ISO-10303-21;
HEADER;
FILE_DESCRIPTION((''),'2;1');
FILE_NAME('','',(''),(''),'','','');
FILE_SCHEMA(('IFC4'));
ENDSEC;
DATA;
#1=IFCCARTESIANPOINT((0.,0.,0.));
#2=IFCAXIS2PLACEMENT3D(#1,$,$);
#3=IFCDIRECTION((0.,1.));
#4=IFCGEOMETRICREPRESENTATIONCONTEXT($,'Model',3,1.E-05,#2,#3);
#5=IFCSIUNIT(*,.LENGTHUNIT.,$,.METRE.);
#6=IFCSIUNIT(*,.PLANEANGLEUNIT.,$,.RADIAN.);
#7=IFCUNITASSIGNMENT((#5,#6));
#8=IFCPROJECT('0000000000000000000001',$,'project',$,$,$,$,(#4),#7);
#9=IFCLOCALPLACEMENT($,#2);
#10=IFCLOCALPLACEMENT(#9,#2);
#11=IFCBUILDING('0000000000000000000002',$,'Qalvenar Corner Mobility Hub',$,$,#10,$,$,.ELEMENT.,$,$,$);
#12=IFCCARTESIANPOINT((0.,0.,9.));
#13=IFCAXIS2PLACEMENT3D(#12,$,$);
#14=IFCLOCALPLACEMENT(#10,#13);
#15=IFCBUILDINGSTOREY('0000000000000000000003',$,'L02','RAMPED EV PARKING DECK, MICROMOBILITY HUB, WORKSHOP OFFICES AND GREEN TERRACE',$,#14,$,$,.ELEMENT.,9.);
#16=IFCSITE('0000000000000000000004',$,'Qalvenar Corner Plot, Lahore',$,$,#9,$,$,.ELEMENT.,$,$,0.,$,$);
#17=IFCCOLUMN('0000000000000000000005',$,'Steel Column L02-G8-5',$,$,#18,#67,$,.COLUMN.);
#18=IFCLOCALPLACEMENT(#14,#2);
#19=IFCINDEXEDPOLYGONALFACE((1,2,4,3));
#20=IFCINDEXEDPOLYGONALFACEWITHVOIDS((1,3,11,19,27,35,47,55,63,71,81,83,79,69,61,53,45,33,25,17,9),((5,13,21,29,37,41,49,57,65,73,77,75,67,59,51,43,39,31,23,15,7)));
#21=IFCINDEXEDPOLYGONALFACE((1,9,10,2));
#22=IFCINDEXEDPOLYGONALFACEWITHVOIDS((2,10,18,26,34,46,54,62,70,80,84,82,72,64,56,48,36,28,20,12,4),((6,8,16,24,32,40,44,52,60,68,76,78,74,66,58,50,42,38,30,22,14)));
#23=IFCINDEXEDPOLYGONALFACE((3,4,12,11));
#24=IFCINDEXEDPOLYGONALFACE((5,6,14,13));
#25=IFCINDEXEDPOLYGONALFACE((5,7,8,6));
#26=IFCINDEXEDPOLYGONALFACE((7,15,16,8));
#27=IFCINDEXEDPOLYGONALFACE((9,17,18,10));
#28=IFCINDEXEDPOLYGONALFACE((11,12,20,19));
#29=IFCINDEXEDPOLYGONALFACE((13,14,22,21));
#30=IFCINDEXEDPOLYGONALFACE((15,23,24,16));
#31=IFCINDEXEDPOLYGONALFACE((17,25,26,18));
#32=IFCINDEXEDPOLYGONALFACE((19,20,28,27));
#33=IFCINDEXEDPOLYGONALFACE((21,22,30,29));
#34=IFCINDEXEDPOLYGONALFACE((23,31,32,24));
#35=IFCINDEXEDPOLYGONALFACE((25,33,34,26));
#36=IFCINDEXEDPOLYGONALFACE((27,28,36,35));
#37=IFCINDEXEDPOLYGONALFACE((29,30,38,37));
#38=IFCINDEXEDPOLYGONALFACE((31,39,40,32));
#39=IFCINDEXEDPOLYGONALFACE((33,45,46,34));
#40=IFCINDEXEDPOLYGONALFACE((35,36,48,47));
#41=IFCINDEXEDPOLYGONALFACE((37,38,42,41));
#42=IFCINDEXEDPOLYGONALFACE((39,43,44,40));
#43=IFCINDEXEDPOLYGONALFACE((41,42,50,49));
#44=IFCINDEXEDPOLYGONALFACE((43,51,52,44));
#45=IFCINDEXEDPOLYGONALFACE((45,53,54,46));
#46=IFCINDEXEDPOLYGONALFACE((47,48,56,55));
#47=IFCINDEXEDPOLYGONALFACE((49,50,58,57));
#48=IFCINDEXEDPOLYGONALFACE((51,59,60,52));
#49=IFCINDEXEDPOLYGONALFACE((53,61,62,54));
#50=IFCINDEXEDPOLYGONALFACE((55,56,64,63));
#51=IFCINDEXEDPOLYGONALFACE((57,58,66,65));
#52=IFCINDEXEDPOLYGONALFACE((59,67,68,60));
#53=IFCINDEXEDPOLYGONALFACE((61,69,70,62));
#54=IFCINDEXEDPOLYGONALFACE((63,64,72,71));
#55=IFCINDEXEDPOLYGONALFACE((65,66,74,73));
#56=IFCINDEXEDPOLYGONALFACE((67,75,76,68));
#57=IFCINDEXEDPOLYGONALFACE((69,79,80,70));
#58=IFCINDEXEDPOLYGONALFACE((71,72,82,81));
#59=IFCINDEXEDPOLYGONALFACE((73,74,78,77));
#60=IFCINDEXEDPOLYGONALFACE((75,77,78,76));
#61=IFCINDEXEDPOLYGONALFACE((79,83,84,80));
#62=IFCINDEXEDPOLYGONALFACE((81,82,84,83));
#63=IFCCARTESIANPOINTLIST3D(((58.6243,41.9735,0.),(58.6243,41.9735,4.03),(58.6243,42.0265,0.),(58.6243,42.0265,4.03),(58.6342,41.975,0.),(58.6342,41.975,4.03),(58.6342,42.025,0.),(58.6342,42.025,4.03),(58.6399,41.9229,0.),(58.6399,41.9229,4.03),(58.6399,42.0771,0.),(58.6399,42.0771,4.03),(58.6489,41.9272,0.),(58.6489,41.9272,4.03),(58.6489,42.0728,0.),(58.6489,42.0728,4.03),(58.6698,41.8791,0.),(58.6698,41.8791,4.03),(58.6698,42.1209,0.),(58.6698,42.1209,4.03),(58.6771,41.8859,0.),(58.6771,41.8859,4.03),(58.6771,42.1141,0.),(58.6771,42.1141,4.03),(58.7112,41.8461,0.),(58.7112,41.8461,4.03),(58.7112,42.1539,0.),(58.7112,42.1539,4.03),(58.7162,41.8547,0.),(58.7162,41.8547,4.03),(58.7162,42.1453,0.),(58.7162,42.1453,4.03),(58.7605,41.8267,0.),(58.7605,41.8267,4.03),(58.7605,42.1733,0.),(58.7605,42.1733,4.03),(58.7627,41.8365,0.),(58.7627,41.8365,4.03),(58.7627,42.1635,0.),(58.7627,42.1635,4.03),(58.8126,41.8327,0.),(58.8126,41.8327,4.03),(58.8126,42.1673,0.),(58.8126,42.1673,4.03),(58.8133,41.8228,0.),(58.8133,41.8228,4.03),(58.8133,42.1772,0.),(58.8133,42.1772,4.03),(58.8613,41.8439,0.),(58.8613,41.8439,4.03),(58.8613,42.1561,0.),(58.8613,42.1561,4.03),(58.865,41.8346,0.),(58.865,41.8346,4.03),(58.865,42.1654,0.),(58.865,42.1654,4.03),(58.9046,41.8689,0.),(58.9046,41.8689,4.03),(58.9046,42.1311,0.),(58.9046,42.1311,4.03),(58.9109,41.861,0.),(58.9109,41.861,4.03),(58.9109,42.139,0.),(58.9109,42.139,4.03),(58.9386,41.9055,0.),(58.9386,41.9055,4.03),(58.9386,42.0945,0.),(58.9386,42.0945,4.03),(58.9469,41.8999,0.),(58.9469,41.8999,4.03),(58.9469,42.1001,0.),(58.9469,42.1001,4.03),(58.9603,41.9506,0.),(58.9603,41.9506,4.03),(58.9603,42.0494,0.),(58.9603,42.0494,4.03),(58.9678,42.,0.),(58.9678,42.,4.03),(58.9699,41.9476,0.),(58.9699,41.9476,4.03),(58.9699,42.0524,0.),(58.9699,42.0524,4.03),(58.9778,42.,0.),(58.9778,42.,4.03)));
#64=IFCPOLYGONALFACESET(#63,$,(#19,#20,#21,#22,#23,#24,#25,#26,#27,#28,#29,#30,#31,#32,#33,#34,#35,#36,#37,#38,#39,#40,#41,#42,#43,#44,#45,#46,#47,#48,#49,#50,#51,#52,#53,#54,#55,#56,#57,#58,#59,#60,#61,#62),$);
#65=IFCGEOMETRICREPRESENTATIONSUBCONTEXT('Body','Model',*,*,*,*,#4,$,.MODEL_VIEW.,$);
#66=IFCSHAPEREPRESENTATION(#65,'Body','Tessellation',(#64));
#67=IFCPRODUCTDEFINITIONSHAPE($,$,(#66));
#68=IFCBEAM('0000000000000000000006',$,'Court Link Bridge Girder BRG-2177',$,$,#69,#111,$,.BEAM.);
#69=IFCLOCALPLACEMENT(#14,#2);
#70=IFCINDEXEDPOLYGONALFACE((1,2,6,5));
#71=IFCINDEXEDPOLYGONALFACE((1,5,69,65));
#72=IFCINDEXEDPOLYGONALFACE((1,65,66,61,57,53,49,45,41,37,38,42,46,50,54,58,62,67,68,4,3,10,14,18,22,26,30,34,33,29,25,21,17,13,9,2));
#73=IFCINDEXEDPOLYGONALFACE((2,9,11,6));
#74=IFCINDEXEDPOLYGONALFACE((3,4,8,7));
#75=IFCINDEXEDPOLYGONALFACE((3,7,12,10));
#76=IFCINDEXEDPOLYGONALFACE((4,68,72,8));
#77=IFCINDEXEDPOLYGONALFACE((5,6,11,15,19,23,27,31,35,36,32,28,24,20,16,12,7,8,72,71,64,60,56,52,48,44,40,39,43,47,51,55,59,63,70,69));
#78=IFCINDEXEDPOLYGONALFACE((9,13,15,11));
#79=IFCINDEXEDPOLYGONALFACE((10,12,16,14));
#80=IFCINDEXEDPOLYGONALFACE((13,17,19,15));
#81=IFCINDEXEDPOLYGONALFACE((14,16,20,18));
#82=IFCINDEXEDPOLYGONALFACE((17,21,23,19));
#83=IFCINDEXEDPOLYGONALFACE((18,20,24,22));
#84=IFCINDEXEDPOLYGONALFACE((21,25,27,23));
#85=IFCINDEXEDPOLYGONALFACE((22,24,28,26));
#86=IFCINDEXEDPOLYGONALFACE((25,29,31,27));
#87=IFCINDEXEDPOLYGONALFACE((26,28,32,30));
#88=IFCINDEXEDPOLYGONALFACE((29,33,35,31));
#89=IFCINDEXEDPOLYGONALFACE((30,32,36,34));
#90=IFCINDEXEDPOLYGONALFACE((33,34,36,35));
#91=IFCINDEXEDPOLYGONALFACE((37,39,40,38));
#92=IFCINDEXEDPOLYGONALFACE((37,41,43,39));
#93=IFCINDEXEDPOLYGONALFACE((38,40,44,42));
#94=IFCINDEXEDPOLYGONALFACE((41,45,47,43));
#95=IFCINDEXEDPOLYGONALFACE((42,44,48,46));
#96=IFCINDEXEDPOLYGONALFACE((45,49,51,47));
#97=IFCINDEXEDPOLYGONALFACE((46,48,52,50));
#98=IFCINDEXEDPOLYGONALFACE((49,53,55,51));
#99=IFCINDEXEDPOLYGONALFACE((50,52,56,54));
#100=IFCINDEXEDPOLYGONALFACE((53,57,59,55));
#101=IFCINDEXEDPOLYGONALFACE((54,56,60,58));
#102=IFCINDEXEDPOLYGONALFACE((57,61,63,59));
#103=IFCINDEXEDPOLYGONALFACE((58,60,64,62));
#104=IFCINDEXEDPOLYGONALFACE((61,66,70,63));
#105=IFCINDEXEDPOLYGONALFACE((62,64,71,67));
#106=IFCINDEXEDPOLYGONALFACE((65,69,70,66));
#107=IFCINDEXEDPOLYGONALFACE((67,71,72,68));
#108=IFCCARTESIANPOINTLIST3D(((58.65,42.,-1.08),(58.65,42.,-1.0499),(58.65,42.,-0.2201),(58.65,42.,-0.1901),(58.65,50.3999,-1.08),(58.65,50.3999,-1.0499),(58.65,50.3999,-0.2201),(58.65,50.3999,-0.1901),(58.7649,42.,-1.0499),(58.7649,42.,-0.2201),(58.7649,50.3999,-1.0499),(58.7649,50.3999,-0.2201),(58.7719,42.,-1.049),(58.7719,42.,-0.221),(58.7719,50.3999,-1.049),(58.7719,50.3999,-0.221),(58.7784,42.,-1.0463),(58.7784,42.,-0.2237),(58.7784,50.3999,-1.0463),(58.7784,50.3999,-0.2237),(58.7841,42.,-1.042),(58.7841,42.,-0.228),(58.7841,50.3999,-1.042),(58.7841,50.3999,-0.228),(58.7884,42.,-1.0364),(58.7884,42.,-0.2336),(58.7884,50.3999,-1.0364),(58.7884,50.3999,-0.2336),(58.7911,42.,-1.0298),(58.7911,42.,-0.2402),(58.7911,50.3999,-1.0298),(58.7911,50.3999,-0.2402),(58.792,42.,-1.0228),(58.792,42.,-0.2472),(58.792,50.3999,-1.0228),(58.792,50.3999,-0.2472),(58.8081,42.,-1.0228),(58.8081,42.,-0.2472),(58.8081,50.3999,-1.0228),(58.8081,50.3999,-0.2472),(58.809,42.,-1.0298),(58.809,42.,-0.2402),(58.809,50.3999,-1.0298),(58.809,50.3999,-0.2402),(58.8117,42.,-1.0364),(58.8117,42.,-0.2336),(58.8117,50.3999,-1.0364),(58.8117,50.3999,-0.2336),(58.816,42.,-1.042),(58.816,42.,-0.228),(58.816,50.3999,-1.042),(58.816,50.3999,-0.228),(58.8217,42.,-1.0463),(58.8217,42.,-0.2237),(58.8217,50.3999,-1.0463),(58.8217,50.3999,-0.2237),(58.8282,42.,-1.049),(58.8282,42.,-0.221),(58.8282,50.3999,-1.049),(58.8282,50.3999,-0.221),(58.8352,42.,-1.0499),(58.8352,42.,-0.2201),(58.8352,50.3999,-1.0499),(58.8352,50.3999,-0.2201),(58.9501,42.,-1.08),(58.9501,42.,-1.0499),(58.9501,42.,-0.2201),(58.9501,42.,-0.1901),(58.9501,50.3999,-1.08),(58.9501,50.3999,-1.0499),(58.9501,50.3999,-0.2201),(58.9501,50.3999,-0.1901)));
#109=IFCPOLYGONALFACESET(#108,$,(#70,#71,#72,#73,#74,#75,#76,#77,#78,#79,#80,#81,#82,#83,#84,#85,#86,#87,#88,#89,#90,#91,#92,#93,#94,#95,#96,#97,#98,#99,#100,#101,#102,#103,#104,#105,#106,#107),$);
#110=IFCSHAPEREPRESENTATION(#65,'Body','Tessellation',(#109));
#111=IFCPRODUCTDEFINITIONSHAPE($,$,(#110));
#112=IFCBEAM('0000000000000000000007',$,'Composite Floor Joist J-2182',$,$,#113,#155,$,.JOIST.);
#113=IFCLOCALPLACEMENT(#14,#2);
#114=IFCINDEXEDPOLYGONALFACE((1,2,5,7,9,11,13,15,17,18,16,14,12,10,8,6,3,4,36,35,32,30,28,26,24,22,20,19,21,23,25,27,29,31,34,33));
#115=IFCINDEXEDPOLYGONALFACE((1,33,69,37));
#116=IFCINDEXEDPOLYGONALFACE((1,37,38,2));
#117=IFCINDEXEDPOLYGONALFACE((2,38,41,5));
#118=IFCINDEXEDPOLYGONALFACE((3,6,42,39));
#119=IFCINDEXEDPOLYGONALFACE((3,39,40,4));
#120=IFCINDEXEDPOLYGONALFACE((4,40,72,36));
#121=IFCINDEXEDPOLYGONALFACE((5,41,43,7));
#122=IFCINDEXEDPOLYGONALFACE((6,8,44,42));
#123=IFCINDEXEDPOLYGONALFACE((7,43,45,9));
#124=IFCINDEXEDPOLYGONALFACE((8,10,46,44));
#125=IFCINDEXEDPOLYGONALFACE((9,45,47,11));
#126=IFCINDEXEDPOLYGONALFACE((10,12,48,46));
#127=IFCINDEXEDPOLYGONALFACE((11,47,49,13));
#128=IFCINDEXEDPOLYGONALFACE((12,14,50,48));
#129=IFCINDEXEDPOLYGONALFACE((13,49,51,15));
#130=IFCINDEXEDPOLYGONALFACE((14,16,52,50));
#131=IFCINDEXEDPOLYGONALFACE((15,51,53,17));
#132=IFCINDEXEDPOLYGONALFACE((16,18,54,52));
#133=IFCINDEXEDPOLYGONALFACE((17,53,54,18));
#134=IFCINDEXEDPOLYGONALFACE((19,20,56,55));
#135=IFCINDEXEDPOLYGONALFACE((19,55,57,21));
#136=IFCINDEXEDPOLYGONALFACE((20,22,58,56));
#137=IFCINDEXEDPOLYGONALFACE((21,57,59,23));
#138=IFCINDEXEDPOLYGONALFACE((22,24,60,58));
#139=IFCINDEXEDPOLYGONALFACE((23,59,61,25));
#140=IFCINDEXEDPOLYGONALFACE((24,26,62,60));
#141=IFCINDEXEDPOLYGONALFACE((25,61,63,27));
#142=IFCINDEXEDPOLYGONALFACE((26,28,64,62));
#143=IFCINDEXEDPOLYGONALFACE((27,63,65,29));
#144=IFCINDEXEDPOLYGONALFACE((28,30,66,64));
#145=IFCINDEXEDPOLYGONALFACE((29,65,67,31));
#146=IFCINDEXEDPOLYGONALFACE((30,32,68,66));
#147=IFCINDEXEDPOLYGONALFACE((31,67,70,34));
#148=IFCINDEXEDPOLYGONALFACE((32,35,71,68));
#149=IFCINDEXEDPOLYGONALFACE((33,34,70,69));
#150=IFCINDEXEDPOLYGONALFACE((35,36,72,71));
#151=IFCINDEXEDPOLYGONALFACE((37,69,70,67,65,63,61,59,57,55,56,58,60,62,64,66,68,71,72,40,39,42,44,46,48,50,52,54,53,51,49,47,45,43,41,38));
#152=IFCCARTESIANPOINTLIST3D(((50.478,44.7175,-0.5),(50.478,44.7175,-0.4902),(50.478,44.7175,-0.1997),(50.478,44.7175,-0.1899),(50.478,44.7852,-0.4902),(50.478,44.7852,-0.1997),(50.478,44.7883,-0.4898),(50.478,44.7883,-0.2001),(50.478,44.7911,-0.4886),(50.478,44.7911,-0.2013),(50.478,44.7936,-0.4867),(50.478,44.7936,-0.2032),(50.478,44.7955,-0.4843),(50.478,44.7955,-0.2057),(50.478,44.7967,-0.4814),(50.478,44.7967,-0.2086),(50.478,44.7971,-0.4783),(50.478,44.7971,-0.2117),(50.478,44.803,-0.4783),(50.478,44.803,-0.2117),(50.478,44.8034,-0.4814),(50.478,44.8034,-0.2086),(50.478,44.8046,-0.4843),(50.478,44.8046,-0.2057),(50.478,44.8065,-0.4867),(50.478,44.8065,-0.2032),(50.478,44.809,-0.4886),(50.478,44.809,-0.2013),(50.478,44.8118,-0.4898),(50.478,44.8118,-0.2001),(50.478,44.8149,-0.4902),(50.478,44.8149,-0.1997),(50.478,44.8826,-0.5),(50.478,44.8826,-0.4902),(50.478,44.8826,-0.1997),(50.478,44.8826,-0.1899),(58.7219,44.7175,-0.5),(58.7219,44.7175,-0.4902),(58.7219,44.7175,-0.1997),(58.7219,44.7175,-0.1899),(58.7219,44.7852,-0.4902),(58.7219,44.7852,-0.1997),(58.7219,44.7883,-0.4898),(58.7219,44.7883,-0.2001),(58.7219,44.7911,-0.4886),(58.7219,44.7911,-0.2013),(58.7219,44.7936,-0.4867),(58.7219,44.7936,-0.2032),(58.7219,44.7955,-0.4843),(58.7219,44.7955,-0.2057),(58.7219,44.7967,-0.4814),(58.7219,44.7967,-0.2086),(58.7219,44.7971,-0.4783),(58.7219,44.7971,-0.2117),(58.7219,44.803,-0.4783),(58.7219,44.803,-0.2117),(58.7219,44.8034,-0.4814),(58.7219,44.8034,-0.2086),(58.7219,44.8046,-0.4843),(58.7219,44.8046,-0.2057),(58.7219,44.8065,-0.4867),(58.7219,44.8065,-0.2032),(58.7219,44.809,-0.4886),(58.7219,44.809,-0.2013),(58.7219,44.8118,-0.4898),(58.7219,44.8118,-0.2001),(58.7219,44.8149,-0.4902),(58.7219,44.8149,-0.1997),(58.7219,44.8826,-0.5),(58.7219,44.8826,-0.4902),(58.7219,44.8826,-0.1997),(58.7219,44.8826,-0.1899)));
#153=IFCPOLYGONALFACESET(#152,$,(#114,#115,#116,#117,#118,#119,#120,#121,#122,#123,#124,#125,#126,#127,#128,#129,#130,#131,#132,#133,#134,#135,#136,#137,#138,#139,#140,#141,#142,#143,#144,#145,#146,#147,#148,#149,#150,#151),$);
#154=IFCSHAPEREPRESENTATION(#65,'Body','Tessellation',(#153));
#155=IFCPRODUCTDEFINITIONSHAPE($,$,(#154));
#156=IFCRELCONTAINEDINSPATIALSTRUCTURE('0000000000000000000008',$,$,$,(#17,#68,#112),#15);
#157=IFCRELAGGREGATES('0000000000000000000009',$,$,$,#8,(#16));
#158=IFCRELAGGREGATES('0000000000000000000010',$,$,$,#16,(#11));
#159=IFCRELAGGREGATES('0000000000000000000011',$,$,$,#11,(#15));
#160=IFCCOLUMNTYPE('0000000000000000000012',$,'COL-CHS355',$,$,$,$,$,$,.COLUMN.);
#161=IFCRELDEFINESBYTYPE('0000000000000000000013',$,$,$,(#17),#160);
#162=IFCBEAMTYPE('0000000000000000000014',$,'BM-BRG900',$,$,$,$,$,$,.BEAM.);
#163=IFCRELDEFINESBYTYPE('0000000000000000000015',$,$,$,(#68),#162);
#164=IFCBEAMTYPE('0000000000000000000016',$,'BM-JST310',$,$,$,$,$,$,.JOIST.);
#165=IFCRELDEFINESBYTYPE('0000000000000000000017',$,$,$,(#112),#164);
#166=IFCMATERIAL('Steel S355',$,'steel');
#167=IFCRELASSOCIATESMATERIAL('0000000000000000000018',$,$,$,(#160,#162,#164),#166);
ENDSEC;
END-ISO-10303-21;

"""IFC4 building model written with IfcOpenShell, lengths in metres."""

from ifc_helpers import new_model, si_unit, direction, frame, origin, origin_2d, place, context, subcontext, project, spatial, hollow_circle, i_section, extrude, material, material_profile, profile_set, type_object, element, save


model = new_model("IFC4")

# Units and contexts
model_context = context("Model", 3, precision=1e-05, world=origin(), true_north=direction((0.0, 1.0)))
body_context = subcontext(model_context, "Body", "Model", "MODEL_VIEW")
ifc_project = project(units=[si_unit("LENGTHUNIT", "METRE"), si_unit("PLANEANGLEUNIT", "RADIAN")], contexts=[model_context])

# Site, building, storey
site_placement = place(None, origin())
site = spatial("IfcSite", under=ifc_project, at=site_placement, Name="Qalvenar Corner Plot, Lahore", CompositionType="ELEMENT", RefElevation=0.0)
building_placement = place(site_placement, origin())
building = spatial("IfcBuilding", under=site, at=building_placement, Name="Qalvenar Corner Mobility Hub", CompositionType="ELEMENT")
storey_placement = place(building_placement, frame((0.0, 0.0, 9.0)))
storey = spatial("IfcBuildingStorey", under=building, at=storey_placement, Name="L02", Description="RAMPED EV PARKING DECK, MICROMOBILITY HUB, WORKSHOP OFFICES AND GREEN TERRACE", CompositionType="ELEMENT", Elevation=9.0)

# Column
ifc_material_1 = material(Name="Steel S355", Category="steel")
ifc_material_profile_1 = material_profile(ifc_material_1, hollow_circle(Radius=0.1777, WallThickness=0.01, at=origin_2d()), Name="CHS355.6x10")
ifc_profile_set_1 = profile_set([ifc_material_profile_1], Name="Steel S355")
column_type = type_object("IfcColumnType", Name="COL-CHS355", PredefinedType="COLUMN", material=ifc_profile_set_1)
column_placement = place(storey_placement, frame((58.8, 42.0, 0.0), z_axis=(0.0, 0.0, 1.0), x_axis=(1.0, 0.0, 0.0)))
element("IfcColumn", 1, at=column_placement, inside=storey, type_object=column_type, Name="Steel Column L02-G8-5", PredefinedType="COLUMN", context=body_context, shape_type="SweptSolid", body=[
    extrude(hollow_circle(Radius=0.1777, WallThickness=0.01, at=origin_2d()), origin(), (0.0, 0.0, 1.0), 4.03),
])

# Beams
ifc_material_profile_2 = material_profile(ifc_material_1, i_section(OverallWidth=0.3, OverallDepth=0.8899, WebThickness=0.0161, FlangeThickness=0.03, FilletRadius=0.0271, at=origin_2d()), Name="HEA900")
ifc_profile_set_2 = profile_set([ifc_material_profile_2], Name="Steel S355")
beam_type_1 = type_object("IfcBeamType", Name="BM-BRG900", PredefinedType="BEAM", material=ifc_profile_set_2)
beam_1_placement = place(storey_placement, frame((58.8, 42.0, -0.635), z_axis=(0.0, 1.0, 0.0), x_axis=(-1.0, 0.0, 0.0)))
element("IfcBeam", 2, at=beam_1_placement, inside=storey, type_object=beam_type_1, Name="Court Link Bridge Girder BRG-2177", PredefinedType="BEAM", context=body_context, shape_type="SweptSolid", body=[
    extrude(i_section(OverallWidth=0.3, OverallDepth=0.8899, WebThickness=0.0161, FlangeThickness=0.03, FilletRadius=0.0271, at=origin_2d()), origin(), (0.0, 0.0, 1.0), 8.3999),
])
ifc_material_profile_3 = material_profile(ifc_material_1, i_section(OverallWidth=0.165, OverallDepth=0.3101, WebThickness=0.0059, FlangeThickness=0.0098, FilletRadius=0.012, at=origin_2d()), Name="W310x38.7")
ifc_profile_set_3 = profile_set([ifc_material_profile_3], Name="Steel S355")
beam_type_2 = type_object("IfcBeamType", Name="BM-JST310", PredefinedType="JOIST", material=ifc_profile_set_3)
beam_2_placement = place(storey_placement, frame((50.478, 44.8, -0.345), z_axis=(1.0, 0.0, 0.0), x_axis=(0.0, 1.0, 0.0)))
element("IfcBeam", 3, at=beam_2_placement, inside=storey, type_object=beam_type_2, Name="Composite Floor Joist J-2182", PredefinedType="JOIST", context=body_context, shape_type="SweptSolid", body=[
    extrude(i_section(OverallWidth=0.165, OverallDepth=0.3101, WebThickness=0.0059, FlangeThickness=0.0098, FilletRadius=0.012, at=origin_2d()), origin(), (0.0, 0.0, 1.0), 8.2439),
])

save(model, "model.ifc")
